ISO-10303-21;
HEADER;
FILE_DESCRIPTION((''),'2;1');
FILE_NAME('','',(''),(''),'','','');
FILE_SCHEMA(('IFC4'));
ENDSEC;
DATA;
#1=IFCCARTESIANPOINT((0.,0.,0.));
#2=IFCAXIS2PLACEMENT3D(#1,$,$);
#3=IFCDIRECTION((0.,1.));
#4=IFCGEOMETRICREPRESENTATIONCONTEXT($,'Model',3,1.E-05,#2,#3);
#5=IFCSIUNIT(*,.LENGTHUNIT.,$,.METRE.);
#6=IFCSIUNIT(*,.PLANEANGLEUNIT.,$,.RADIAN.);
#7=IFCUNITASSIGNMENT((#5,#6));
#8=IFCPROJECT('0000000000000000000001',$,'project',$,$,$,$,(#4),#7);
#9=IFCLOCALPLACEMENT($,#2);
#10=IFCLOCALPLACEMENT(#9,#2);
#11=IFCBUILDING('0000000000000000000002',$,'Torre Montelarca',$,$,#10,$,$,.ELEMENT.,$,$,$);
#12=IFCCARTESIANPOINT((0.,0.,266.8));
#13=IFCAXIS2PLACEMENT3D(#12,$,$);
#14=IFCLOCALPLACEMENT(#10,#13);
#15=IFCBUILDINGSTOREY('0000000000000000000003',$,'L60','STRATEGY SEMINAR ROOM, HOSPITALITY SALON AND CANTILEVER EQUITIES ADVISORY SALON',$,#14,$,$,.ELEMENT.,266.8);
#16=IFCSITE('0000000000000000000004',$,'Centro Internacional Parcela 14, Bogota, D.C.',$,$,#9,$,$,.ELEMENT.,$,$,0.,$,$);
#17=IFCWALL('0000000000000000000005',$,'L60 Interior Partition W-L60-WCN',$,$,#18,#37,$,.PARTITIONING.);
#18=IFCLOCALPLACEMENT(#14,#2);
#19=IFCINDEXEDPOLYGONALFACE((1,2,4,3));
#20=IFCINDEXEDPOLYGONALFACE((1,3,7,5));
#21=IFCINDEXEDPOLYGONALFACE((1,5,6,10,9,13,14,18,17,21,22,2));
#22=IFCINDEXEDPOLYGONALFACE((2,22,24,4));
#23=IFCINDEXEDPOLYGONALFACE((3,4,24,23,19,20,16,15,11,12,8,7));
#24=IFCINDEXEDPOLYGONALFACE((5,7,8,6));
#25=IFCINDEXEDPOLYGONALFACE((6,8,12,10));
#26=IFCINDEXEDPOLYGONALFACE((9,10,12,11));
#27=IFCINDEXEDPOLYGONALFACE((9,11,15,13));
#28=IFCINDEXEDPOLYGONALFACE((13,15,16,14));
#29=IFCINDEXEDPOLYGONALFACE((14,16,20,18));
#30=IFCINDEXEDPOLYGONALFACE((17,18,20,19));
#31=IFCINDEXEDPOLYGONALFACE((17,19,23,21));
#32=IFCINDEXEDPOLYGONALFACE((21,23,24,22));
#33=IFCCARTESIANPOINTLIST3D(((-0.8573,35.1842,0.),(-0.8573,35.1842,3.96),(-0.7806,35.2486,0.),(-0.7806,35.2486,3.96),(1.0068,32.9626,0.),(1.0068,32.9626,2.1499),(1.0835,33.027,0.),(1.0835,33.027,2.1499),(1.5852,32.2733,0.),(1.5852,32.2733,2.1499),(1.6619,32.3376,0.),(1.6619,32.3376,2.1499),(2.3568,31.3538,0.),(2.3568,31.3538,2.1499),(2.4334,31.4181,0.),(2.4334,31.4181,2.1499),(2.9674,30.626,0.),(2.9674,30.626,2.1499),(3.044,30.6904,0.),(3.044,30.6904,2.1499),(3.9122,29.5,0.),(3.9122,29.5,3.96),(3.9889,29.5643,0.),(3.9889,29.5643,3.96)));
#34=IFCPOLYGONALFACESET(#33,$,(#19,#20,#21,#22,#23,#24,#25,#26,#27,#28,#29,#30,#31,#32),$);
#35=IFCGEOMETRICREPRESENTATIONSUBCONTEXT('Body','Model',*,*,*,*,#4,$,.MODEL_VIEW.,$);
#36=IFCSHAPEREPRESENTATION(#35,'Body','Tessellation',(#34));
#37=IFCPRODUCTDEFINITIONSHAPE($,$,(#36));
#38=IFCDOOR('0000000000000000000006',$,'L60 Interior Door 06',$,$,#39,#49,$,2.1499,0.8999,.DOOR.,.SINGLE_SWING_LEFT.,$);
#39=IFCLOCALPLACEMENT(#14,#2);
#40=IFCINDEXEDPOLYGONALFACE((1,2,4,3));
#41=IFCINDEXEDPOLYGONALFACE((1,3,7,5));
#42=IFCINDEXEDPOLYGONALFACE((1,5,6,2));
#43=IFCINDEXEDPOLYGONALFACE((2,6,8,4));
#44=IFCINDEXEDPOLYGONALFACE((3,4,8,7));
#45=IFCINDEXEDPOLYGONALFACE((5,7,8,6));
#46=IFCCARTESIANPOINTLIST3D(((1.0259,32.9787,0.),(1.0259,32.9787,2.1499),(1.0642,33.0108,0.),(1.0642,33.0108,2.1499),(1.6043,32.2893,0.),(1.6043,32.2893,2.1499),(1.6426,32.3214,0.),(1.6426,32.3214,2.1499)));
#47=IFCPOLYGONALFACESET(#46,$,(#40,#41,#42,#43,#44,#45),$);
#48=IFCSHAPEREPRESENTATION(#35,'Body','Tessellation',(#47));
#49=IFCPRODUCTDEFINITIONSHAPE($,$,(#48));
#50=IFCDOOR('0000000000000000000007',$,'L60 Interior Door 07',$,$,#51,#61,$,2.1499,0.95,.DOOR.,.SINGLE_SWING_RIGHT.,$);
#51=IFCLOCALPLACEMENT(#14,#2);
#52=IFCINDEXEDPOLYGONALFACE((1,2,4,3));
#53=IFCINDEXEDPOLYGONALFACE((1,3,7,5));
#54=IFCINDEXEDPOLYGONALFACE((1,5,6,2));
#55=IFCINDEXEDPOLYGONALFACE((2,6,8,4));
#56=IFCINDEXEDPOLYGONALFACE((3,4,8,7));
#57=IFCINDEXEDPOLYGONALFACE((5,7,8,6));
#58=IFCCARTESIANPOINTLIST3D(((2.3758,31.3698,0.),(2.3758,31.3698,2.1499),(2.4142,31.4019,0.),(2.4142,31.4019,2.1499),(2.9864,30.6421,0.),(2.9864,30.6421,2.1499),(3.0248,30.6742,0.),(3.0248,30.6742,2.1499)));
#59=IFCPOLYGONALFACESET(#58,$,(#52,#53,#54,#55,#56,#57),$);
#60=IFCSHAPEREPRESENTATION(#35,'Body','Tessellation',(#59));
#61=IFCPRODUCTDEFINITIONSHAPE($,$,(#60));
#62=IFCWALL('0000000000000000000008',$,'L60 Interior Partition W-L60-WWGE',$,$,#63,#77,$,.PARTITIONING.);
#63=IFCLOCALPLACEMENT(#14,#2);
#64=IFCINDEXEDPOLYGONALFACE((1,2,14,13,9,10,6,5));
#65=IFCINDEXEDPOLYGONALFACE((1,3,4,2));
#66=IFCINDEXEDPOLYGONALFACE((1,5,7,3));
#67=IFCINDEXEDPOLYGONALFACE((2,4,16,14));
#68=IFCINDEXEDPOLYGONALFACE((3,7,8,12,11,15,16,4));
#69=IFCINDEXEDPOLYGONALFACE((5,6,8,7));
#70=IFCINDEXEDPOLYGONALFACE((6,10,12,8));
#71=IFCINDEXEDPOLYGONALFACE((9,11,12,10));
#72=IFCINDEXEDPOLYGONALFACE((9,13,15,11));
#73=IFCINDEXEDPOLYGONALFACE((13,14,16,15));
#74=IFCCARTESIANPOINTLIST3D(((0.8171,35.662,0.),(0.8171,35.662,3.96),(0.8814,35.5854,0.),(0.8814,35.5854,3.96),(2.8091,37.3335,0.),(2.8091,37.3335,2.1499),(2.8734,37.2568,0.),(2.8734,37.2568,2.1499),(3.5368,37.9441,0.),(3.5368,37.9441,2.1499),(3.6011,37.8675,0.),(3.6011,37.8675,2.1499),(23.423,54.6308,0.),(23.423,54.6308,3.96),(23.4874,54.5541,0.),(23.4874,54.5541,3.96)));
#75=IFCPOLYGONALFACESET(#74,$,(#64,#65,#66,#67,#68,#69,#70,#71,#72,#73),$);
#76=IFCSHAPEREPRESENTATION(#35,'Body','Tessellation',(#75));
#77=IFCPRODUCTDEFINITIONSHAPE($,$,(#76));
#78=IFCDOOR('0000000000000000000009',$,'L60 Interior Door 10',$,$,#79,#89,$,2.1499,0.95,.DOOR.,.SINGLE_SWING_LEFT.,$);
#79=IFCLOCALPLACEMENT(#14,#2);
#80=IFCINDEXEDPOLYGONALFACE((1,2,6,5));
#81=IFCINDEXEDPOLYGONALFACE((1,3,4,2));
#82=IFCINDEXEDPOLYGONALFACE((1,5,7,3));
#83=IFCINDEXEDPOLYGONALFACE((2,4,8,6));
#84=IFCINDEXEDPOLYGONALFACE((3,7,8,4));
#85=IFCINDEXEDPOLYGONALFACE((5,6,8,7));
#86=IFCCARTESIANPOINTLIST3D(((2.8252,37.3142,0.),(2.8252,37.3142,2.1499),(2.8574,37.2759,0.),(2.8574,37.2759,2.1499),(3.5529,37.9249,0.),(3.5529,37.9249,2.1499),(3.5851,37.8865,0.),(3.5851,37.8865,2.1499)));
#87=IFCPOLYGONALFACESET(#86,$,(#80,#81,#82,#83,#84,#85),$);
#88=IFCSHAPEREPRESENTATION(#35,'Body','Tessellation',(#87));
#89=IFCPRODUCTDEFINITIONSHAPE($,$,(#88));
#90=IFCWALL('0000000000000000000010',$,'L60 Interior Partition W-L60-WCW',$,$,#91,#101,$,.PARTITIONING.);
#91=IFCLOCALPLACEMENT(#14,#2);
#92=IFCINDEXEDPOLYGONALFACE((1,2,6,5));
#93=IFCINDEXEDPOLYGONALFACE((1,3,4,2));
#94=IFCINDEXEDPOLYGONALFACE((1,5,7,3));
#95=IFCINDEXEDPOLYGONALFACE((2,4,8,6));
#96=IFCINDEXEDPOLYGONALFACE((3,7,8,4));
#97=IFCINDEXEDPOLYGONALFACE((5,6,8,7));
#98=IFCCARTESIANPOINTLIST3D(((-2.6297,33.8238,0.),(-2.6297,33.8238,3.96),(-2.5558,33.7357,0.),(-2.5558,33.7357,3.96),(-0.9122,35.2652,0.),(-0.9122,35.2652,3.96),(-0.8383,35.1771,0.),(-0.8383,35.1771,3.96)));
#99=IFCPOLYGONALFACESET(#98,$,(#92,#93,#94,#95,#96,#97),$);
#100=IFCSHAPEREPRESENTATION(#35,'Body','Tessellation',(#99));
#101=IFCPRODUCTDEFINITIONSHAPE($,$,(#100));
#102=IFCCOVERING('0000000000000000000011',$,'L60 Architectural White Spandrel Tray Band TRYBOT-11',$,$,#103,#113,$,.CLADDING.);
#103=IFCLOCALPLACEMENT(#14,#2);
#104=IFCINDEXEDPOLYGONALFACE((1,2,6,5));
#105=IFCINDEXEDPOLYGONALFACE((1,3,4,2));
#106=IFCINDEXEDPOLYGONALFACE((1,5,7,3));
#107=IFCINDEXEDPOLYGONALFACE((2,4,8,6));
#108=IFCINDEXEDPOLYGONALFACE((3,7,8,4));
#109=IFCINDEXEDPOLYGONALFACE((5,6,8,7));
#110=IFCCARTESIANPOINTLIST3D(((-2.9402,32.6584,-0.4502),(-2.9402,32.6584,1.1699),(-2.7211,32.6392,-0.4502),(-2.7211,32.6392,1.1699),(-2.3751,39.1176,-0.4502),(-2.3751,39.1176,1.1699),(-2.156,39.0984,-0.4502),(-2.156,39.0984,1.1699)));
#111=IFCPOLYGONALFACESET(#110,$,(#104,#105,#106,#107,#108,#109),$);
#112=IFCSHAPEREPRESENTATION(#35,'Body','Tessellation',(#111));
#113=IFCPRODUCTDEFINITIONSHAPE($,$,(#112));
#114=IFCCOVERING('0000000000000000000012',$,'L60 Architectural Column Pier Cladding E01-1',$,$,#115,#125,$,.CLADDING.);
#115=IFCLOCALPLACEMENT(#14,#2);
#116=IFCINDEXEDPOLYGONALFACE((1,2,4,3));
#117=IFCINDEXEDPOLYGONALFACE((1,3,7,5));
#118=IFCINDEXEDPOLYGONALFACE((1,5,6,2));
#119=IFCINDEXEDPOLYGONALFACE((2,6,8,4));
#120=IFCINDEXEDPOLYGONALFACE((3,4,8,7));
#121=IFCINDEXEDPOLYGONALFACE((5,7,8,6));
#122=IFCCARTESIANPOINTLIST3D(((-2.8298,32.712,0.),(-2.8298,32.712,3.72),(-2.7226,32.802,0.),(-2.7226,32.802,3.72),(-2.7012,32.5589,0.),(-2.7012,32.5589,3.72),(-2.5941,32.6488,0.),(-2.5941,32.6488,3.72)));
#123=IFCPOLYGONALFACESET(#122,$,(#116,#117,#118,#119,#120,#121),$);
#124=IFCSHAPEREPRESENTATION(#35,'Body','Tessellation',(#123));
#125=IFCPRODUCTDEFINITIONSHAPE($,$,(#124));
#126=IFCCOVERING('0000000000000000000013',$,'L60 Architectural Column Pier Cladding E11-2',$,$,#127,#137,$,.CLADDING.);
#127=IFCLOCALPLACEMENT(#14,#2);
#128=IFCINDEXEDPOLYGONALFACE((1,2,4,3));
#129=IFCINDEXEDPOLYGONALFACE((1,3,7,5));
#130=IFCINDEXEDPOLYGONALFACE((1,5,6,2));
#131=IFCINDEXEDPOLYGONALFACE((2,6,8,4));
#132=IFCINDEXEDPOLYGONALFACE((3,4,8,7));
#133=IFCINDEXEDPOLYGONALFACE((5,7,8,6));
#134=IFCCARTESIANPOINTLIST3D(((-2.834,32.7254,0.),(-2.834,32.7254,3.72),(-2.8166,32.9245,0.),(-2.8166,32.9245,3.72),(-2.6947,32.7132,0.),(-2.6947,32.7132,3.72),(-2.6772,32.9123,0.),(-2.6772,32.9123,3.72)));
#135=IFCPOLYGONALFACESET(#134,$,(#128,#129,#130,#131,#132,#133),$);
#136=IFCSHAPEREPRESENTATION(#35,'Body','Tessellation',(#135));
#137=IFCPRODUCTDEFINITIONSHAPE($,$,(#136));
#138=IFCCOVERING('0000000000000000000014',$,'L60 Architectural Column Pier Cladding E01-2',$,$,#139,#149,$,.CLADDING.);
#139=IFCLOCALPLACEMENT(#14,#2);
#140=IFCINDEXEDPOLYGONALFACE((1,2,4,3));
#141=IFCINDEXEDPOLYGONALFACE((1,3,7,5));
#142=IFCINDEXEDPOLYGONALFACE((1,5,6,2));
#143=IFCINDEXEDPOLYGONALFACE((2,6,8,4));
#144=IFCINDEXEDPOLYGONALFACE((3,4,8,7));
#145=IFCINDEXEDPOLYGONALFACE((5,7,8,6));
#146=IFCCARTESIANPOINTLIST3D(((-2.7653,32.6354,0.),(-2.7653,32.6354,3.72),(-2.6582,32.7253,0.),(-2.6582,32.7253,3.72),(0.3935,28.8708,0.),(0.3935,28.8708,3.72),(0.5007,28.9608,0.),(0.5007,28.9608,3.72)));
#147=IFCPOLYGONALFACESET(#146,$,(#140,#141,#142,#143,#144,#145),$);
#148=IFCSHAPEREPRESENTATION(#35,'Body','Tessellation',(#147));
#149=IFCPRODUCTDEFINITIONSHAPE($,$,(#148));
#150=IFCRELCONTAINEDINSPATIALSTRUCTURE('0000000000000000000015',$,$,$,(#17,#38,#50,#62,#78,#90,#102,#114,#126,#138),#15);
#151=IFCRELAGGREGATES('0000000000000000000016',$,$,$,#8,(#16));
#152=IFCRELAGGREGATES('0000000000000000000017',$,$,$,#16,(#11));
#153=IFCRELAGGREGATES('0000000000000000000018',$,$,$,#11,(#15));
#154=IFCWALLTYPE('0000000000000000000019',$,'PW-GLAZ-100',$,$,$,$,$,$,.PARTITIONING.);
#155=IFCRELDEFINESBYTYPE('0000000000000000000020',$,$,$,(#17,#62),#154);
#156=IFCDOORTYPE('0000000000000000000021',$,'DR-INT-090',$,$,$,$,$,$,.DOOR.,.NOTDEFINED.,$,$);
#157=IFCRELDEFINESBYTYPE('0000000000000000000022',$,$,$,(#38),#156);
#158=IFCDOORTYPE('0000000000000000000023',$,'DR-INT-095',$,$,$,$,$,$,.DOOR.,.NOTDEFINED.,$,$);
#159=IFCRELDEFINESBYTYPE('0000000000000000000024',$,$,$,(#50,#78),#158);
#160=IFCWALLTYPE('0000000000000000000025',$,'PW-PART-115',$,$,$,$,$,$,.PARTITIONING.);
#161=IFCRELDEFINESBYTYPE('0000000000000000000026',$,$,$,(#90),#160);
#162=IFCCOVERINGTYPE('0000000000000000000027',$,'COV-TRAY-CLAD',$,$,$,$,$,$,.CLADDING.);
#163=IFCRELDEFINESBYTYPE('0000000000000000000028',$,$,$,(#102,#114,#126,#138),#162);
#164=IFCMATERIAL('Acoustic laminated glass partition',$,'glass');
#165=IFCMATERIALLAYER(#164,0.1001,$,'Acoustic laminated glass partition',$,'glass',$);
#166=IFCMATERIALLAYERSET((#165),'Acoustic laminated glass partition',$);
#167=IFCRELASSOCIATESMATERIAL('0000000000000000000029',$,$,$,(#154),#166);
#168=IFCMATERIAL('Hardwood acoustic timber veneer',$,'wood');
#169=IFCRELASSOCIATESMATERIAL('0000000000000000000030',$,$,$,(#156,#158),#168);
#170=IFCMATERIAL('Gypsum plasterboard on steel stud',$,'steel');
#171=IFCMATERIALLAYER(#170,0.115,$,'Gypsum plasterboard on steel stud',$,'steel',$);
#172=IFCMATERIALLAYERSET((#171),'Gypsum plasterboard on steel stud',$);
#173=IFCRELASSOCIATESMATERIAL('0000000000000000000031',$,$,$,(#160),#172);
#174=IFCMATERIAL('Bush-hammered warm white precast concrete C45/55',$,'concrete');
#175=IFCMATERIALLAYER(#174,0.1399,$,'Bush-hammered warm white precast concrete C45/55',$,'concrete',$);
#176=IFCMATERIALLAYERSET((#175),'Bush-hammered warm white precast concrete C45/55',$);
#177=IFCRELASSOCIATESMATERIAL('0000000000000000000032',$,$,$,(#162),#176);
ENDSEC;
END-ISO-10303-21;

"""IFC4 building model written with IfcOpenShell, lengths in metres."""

from ifc_helpers import new_model, si_unit, direction, frame, frame_2d, origin, origin_2d, place, context, subcontext, project, spatial, rectangle, extrude, source, transform, mapped, material, layer, layer_set, type_object, element, fill, save


model = new_model("IFC4")

# Units and contexts
model_context = context("Model", 3, precision=1e-05, world=origin(), true_north=direction((0.0, 1.0)))
body_context = subcontext(model_context, "Body", "Model", "MODEL_VIEW")
ifc_project = project(units=[si_unit("LENGTHUNIT", "METRE"), si_unit("PLANEANGLEUNIT", "RADIAN")], contexts=[model_context])

# Site, building, storey
site_placement = place(None, origin())
site = spatial("IfcSite", under=ifc_project, at=site_placement, Name="Centro Internacional Parcela 14, Bogota, D.C.", CompositionType="ELEMENT", RefElevation=0.0)
building_placement = place(site_placement, origin())
building = spatial("IfcBuilding", under=site, at=building_placement, Name="Torre Montelarca", CompositionType="ELEMENT")
storey_placement = place(building_placement, frame((0.0, 0.0, 266.8)))
storey = spatial("IfcBuildingStorey", under=building, at=storey_placement, Name="L60", Description="STRATEGY SEMINAR ROOM, HOSPITALITY SALON AND CANTILEVER EQUITIES ADVISORY SALON", CompositionType="ELEMENT", Elevation=266.8)

# Wall, openings, doors
ifc_material_1 = material(Name="Acoustic laminated glass partition", Category="glass")
ifc_layer_1 = layer(ifc_material_1, 0.1001, Name="Acoustic laminated glass partition", Category="glass")
ifc_layer_set_1 = layer_set([ifc_layer_1], Name="Acoustic laminated glass partition")
wall_type_1 = type_object("IfcWallType", Name="PW-GLAZ-100", PredefinedType="PARTITIONING", material=ifc_layer_set_1)
wall_1_placement = place(storey_placement, frame((-0.8188, 35.2163, 0.0), z_axis=(0.0, 0.0, 1.0), x_axis=(0.642773, -0.766057, 0.0)))
wall_1 = element("IfcWall", 1, at=wall_1_placement, inside=storey, type_object=wall_type_1, Name="L60 Interior Partition W-L60-WCN", PredefinedType="PARTITIONING", context=body_context, shape_type="SweptSolid", body=[
    extrude(rectangle(XDim=7.4202, YDim=0.1001, at=frame_2d((3.71, 0.0))), origin(), (0.0, 0.0, 1.0), 3.96),
])
opening_1_placement = place(wall_1_placement, frame((2.8999, 0.0, 0.0)))
opening_1 = element("IfcOpeningElement", 2, at=opening_1_placement, cuts=wall_1, PredefinedType="OPENING", context=body_context, shape_type="SweptSolid", body=[
    extrude(rectangle(XDim=0.8999, YDim=2.1499, at=frame_2d((0.45, 1.075))), frame((0.0, 0.0601, 0.0), z_axis=(0.0, -1.0, 0.0), x_axis=(1.0, 0.0, 0.0)), (0.0, 0.0, 1.0), 0.1201),
])
opening_2_placement = place(wall_1_placement, frame((5.0, 0.0, 0.0)))
opening_2 = element("IfcOpeningElement", 3, at=opening_2_placement, cuts=wall_1, PredefinedType="OPENING", context=body_context, shape_type="SweptSolid", body=[
    extrude(rectangle(XDim=0.95, YDim=2.1499, at=frame_2d((0.4751, 1.075))), frame((0.0, 0.0601, 0.0), z_axis=(0.0, -1.0, 0.0), x_axis=(1.0, 0.0, 0.0)), (0.0, 0.0, 1.0), 0.1201),
])
ifc_material_2 = material(Name="Hardwood acoustic timber veneer", Category="wood")
door_type_1 = type_object("IfcDoorType", Name="DR-INT-090", OperationType="NOTDEFINED", PredefinedType="DOOR", material=ifc_material_2)
shared_shape_1 = source(origin(), body_context, "Body", "SweptSolid", [
    extrude(rectangle(XDim=0.8999, YDim=2.1499, at=frame_2d((0.45, 1.075))), frame((0.0, 0.0249, 0.0), z_axis=(0.0, -1.0, 0.0), x_axis=(1.0, 0.0, 0.0)), (0.0, 0.0, 1.0), 0.05),
])
door_1_placement = place(opening_1_placement, origin())
door_1 = element("IfcDoor", 4, at=door_1_placement, inside=storey, type_object=door_type_1, Name="L60 Interior Door 06", OperationType="SINGLE_SWING_LEFT", OverallHeight=2.1499, OverallWidth=0.8999, PredefinedType="DOOR", context=body_context, shape_type="MappedRepresentation", body=[
    mapped(shared_shape_1, transform((0.0, 0.0, 0.0), scale=1.0)),
])
fill(opening_1, door_1)
door_type_2 = type_object("IfcDoorType", Name="DR-INT-095", OperationType="NOTDEFINED", PredefinedType="DOOR", material=ifc_material_2)
shared_shape_2 = source(origin(), body_context, "Body", "SweptSolid", [
    extrude(rectangle(XDim=0.95, YDim=2.1499, at=frame_2d((0.4751, 1.075))), frame((0.0, 0.0249, 0.0), z_axis=(0.0, -1.0, 0.0), x_axis=(1.0, 0.0, 0.0)), (0.0, 0.0, 1.0), 0.05),
])
door_2_placement = place(opening_2_placement, origin())
door_2 = element("IfcDoor", 5, at=door_2_placement, inside=storey, type_object=door_type_2, Name="L60 Interior Door 07", OperationType="SINGLE_SWING_RIGHT", OverallHeight=2.1499, OverallWidth=0.95, PredefinedType="DOOR", context=body_context, shape_type="MappedRepresentation", body=[
    mapped(shared_shape_2, transform((0.0, 0.0, 0.0), scale=1.0)),
])
fill(opening_2, door_2)

# Wall, opening, door
wall_2_placement = place(storey_placement, frame((0.8494, 35.6238, 0.0), z_axis=(0.0, 0.0, 1.0), x_axis=(0.766043, 0.64279, 0.0)))
wall_2 = element("IfcWall", 6, at=wall_2_placement, inside=storey, type_object=wall_type_1, Name="L60 Interior Partition W-L60-WWGE", PredefinedType="PARTITIONING", context=body_context, shape_type="SweptSolid", body=[
    extrude(rectangle(XDim=29.51, YDim=0.1001, at=frame_2d((14.7549, 0.0))), origin(), (0.0, 0.0, 1.0), 3.96),
])
opening_3_placement = place(wall_2_placement, frame((2.6001, 0.0, 0.0)))
opening_3 = element("IfcOpeningElement", 7, at=opening_3_placement, cuts=wall_2, PredefinedType="OPENING", context=body_context, shape_type="SweptSolid", body=[
    extrude(rectangle(XDim=0.95, YDim=2.1499, at=frame_2d((0.4751, 1.075))), frame((0.0, 0.0601, 0.0), z_axis=(0.0, -1.0, 0.0), x_axis=(1.0, 0.0, 0.0)), (0.0, 0.0, 1.0), 0.1201),
])
door_3_placement = place(opening_3_placement, origin())
door_3 = element("IfcDoor", 8, at=door_3_placement, inside=storey, type_object=door_type_2, Name="L60 Interior Door 10", OperationType="SINGLE_SWING_LEFT", OverallHeight=2.1499, OverallWidth=0.95, PredefinedType="DOOR", context=body_context, shape_type="MappedRepresentation", body=[
    mapped(shared_shape_2, transform((0.0, 0.0, 0.0), scale=1.0)),
])
fill(opening_3, door_3)

# Wall
ifc_material_3 = material(Name="Gypsum plasterboard on steel stud", Category="steel")
ifc_layer_2 = layer(ifc_material_3, 0.115, Name="Gypsum plasterboard on steel stud", Category="steel")
ifc_layer_set_2 = layer_set([ifc_layer_2], Name="Gypsum plasterboard on steel stud")
wall_type_2 = type_object("IfcWallType", Name="PW-PART-115", PredefinedType="PARTITIONING", material=ifc_layer_set_2)
wall_3_placement = place(storey_placement, frame((-2.5928, 33.7798, 0.0), z_axis=(0.0, 0.0, 1.0), x_axis=(0.765994, 0.642847, 0.0)))
element("IfcWall", 9, at=wall_3_placement, inside=storey, type_object=wall_type_2, Name="L60 Interior Partition W-L60-WCW", PredefinedType="PARTITIONING", context=body_context, shape_type="SweptSolid", body=[
    extrude(rectangle(XDim=2.2422, YDim=0.115, at=frame_2d((1.1211, 0.0))), origin(), (0.0, 0.0, 1.0), 3.96),
])

# Coverings
ifc_material_4 = material(Name="Bush-hammered warm white precast concrete C45/55", Category="concrete")
ifc_layer_3 = layer(ifc_material_4, 0.1399, Name="Bush-hammered warm white precast concrete C45/55", Category="concrete")
ifc_layer_set_3 = layer_set([ifc_layer_3], Name="Bush-hammered warm white precast concrete C45/55")
covering_type = type_object("IfcCoveringType", Name="COV-TRAY-CLAD", PredefinedType="CLADDING", material=ifc_layer_set_3)
shared_shape_3 = source(origin(), body_context, "Body", "SweptSolid", [
    extrude(rectangle(XDim=6.4839, YDim=0.22, at=origin_2d()), origin(), (0.0, 0.0, 1.0), 1.6201),
])
covering_1_placement = place(storey_placement, frame((-2.5481, 35.8784, -0.4502), z_axis=(0.0, 0.0, 1.0), x_axis=(-0.087163, -0.996194, 0.0)))
element("IfcCovering", 10, at=covering_1_placement, inside=storey, type_object=covering_type, Name="L60 Architectural White Spandrel Tray Band TRYBOT-11", PredefinedType="CLADDING", context=body_context, shape_type="MappedRepresentation", body=[
    mapped(shared_shape_3, transform((0.0, 0.0, 0.0), scale=1.0)),
])
shared_shape_4 = source(origin(), body_context, "Body", "SweptSolid", [
    extrude(rectangle(XDim=0.2, YDim=0.1399, at=origin_2d()), origin(), (0.0, 0.0, 1.0), 3.72),
])
for number, where, z_axis, x_axis, name in (
    (11, (-2.7119, 32.6804, 0.0), (0.0, 0.0, 1.0), (0.642789, -0.766043, 0.0), "L60 Architectural Column Pier Cladding E01-1"),
    (12, (-2.7556, 32.8188, 0.0), (0.0, 0.0, 1.0), (-0.087177, -0.996193, 0.0), "L60 Architectural Column Pier Cladding E11-2"),
):
    element("IfcCovering", number, at=place(storey_placement, frame(where, z_axis=z_axis, x_axis=x_axis)), inside=storey, type_object=covering_type, Name=name, PredefinedType="CLADDING", context=body_context, shape_type="MappedRepresentation", body=[
        mapped(shared_shape_4, transform((0.0, 0.0, 0.0), scale=1.0)),
    ])
shared_shape_5 = source(origin(), body_context, "Body", "SweptSolid", [
    extrude(rectangle(XDim=4.9143, YDim=0.1399, at=origin_2d()), origin(), (0.0, 0.0, 1.0), 3.72),
])
covering_2_placement = place(storey_placement, frame((-1.1323, 30.7981, 0.0), z_axis=(0.0, 0.0, 1.0), x_axis=(0.642789, -0.766043, 0.0)))
element("IfcCovering", 13, at=covering_2_placement, inside=storey, type_object=covering_type, Name="L60 Architectural Column Pier Cladding E01-2", PredefinedType="CLADDING", context=body_context, shape_type="MappedRepresentation", body=[
    mapped(shared_shape_5, transform((0.0, 0.0, 0.0), scale=1.0)),
])

save(model, "model.ifc")
